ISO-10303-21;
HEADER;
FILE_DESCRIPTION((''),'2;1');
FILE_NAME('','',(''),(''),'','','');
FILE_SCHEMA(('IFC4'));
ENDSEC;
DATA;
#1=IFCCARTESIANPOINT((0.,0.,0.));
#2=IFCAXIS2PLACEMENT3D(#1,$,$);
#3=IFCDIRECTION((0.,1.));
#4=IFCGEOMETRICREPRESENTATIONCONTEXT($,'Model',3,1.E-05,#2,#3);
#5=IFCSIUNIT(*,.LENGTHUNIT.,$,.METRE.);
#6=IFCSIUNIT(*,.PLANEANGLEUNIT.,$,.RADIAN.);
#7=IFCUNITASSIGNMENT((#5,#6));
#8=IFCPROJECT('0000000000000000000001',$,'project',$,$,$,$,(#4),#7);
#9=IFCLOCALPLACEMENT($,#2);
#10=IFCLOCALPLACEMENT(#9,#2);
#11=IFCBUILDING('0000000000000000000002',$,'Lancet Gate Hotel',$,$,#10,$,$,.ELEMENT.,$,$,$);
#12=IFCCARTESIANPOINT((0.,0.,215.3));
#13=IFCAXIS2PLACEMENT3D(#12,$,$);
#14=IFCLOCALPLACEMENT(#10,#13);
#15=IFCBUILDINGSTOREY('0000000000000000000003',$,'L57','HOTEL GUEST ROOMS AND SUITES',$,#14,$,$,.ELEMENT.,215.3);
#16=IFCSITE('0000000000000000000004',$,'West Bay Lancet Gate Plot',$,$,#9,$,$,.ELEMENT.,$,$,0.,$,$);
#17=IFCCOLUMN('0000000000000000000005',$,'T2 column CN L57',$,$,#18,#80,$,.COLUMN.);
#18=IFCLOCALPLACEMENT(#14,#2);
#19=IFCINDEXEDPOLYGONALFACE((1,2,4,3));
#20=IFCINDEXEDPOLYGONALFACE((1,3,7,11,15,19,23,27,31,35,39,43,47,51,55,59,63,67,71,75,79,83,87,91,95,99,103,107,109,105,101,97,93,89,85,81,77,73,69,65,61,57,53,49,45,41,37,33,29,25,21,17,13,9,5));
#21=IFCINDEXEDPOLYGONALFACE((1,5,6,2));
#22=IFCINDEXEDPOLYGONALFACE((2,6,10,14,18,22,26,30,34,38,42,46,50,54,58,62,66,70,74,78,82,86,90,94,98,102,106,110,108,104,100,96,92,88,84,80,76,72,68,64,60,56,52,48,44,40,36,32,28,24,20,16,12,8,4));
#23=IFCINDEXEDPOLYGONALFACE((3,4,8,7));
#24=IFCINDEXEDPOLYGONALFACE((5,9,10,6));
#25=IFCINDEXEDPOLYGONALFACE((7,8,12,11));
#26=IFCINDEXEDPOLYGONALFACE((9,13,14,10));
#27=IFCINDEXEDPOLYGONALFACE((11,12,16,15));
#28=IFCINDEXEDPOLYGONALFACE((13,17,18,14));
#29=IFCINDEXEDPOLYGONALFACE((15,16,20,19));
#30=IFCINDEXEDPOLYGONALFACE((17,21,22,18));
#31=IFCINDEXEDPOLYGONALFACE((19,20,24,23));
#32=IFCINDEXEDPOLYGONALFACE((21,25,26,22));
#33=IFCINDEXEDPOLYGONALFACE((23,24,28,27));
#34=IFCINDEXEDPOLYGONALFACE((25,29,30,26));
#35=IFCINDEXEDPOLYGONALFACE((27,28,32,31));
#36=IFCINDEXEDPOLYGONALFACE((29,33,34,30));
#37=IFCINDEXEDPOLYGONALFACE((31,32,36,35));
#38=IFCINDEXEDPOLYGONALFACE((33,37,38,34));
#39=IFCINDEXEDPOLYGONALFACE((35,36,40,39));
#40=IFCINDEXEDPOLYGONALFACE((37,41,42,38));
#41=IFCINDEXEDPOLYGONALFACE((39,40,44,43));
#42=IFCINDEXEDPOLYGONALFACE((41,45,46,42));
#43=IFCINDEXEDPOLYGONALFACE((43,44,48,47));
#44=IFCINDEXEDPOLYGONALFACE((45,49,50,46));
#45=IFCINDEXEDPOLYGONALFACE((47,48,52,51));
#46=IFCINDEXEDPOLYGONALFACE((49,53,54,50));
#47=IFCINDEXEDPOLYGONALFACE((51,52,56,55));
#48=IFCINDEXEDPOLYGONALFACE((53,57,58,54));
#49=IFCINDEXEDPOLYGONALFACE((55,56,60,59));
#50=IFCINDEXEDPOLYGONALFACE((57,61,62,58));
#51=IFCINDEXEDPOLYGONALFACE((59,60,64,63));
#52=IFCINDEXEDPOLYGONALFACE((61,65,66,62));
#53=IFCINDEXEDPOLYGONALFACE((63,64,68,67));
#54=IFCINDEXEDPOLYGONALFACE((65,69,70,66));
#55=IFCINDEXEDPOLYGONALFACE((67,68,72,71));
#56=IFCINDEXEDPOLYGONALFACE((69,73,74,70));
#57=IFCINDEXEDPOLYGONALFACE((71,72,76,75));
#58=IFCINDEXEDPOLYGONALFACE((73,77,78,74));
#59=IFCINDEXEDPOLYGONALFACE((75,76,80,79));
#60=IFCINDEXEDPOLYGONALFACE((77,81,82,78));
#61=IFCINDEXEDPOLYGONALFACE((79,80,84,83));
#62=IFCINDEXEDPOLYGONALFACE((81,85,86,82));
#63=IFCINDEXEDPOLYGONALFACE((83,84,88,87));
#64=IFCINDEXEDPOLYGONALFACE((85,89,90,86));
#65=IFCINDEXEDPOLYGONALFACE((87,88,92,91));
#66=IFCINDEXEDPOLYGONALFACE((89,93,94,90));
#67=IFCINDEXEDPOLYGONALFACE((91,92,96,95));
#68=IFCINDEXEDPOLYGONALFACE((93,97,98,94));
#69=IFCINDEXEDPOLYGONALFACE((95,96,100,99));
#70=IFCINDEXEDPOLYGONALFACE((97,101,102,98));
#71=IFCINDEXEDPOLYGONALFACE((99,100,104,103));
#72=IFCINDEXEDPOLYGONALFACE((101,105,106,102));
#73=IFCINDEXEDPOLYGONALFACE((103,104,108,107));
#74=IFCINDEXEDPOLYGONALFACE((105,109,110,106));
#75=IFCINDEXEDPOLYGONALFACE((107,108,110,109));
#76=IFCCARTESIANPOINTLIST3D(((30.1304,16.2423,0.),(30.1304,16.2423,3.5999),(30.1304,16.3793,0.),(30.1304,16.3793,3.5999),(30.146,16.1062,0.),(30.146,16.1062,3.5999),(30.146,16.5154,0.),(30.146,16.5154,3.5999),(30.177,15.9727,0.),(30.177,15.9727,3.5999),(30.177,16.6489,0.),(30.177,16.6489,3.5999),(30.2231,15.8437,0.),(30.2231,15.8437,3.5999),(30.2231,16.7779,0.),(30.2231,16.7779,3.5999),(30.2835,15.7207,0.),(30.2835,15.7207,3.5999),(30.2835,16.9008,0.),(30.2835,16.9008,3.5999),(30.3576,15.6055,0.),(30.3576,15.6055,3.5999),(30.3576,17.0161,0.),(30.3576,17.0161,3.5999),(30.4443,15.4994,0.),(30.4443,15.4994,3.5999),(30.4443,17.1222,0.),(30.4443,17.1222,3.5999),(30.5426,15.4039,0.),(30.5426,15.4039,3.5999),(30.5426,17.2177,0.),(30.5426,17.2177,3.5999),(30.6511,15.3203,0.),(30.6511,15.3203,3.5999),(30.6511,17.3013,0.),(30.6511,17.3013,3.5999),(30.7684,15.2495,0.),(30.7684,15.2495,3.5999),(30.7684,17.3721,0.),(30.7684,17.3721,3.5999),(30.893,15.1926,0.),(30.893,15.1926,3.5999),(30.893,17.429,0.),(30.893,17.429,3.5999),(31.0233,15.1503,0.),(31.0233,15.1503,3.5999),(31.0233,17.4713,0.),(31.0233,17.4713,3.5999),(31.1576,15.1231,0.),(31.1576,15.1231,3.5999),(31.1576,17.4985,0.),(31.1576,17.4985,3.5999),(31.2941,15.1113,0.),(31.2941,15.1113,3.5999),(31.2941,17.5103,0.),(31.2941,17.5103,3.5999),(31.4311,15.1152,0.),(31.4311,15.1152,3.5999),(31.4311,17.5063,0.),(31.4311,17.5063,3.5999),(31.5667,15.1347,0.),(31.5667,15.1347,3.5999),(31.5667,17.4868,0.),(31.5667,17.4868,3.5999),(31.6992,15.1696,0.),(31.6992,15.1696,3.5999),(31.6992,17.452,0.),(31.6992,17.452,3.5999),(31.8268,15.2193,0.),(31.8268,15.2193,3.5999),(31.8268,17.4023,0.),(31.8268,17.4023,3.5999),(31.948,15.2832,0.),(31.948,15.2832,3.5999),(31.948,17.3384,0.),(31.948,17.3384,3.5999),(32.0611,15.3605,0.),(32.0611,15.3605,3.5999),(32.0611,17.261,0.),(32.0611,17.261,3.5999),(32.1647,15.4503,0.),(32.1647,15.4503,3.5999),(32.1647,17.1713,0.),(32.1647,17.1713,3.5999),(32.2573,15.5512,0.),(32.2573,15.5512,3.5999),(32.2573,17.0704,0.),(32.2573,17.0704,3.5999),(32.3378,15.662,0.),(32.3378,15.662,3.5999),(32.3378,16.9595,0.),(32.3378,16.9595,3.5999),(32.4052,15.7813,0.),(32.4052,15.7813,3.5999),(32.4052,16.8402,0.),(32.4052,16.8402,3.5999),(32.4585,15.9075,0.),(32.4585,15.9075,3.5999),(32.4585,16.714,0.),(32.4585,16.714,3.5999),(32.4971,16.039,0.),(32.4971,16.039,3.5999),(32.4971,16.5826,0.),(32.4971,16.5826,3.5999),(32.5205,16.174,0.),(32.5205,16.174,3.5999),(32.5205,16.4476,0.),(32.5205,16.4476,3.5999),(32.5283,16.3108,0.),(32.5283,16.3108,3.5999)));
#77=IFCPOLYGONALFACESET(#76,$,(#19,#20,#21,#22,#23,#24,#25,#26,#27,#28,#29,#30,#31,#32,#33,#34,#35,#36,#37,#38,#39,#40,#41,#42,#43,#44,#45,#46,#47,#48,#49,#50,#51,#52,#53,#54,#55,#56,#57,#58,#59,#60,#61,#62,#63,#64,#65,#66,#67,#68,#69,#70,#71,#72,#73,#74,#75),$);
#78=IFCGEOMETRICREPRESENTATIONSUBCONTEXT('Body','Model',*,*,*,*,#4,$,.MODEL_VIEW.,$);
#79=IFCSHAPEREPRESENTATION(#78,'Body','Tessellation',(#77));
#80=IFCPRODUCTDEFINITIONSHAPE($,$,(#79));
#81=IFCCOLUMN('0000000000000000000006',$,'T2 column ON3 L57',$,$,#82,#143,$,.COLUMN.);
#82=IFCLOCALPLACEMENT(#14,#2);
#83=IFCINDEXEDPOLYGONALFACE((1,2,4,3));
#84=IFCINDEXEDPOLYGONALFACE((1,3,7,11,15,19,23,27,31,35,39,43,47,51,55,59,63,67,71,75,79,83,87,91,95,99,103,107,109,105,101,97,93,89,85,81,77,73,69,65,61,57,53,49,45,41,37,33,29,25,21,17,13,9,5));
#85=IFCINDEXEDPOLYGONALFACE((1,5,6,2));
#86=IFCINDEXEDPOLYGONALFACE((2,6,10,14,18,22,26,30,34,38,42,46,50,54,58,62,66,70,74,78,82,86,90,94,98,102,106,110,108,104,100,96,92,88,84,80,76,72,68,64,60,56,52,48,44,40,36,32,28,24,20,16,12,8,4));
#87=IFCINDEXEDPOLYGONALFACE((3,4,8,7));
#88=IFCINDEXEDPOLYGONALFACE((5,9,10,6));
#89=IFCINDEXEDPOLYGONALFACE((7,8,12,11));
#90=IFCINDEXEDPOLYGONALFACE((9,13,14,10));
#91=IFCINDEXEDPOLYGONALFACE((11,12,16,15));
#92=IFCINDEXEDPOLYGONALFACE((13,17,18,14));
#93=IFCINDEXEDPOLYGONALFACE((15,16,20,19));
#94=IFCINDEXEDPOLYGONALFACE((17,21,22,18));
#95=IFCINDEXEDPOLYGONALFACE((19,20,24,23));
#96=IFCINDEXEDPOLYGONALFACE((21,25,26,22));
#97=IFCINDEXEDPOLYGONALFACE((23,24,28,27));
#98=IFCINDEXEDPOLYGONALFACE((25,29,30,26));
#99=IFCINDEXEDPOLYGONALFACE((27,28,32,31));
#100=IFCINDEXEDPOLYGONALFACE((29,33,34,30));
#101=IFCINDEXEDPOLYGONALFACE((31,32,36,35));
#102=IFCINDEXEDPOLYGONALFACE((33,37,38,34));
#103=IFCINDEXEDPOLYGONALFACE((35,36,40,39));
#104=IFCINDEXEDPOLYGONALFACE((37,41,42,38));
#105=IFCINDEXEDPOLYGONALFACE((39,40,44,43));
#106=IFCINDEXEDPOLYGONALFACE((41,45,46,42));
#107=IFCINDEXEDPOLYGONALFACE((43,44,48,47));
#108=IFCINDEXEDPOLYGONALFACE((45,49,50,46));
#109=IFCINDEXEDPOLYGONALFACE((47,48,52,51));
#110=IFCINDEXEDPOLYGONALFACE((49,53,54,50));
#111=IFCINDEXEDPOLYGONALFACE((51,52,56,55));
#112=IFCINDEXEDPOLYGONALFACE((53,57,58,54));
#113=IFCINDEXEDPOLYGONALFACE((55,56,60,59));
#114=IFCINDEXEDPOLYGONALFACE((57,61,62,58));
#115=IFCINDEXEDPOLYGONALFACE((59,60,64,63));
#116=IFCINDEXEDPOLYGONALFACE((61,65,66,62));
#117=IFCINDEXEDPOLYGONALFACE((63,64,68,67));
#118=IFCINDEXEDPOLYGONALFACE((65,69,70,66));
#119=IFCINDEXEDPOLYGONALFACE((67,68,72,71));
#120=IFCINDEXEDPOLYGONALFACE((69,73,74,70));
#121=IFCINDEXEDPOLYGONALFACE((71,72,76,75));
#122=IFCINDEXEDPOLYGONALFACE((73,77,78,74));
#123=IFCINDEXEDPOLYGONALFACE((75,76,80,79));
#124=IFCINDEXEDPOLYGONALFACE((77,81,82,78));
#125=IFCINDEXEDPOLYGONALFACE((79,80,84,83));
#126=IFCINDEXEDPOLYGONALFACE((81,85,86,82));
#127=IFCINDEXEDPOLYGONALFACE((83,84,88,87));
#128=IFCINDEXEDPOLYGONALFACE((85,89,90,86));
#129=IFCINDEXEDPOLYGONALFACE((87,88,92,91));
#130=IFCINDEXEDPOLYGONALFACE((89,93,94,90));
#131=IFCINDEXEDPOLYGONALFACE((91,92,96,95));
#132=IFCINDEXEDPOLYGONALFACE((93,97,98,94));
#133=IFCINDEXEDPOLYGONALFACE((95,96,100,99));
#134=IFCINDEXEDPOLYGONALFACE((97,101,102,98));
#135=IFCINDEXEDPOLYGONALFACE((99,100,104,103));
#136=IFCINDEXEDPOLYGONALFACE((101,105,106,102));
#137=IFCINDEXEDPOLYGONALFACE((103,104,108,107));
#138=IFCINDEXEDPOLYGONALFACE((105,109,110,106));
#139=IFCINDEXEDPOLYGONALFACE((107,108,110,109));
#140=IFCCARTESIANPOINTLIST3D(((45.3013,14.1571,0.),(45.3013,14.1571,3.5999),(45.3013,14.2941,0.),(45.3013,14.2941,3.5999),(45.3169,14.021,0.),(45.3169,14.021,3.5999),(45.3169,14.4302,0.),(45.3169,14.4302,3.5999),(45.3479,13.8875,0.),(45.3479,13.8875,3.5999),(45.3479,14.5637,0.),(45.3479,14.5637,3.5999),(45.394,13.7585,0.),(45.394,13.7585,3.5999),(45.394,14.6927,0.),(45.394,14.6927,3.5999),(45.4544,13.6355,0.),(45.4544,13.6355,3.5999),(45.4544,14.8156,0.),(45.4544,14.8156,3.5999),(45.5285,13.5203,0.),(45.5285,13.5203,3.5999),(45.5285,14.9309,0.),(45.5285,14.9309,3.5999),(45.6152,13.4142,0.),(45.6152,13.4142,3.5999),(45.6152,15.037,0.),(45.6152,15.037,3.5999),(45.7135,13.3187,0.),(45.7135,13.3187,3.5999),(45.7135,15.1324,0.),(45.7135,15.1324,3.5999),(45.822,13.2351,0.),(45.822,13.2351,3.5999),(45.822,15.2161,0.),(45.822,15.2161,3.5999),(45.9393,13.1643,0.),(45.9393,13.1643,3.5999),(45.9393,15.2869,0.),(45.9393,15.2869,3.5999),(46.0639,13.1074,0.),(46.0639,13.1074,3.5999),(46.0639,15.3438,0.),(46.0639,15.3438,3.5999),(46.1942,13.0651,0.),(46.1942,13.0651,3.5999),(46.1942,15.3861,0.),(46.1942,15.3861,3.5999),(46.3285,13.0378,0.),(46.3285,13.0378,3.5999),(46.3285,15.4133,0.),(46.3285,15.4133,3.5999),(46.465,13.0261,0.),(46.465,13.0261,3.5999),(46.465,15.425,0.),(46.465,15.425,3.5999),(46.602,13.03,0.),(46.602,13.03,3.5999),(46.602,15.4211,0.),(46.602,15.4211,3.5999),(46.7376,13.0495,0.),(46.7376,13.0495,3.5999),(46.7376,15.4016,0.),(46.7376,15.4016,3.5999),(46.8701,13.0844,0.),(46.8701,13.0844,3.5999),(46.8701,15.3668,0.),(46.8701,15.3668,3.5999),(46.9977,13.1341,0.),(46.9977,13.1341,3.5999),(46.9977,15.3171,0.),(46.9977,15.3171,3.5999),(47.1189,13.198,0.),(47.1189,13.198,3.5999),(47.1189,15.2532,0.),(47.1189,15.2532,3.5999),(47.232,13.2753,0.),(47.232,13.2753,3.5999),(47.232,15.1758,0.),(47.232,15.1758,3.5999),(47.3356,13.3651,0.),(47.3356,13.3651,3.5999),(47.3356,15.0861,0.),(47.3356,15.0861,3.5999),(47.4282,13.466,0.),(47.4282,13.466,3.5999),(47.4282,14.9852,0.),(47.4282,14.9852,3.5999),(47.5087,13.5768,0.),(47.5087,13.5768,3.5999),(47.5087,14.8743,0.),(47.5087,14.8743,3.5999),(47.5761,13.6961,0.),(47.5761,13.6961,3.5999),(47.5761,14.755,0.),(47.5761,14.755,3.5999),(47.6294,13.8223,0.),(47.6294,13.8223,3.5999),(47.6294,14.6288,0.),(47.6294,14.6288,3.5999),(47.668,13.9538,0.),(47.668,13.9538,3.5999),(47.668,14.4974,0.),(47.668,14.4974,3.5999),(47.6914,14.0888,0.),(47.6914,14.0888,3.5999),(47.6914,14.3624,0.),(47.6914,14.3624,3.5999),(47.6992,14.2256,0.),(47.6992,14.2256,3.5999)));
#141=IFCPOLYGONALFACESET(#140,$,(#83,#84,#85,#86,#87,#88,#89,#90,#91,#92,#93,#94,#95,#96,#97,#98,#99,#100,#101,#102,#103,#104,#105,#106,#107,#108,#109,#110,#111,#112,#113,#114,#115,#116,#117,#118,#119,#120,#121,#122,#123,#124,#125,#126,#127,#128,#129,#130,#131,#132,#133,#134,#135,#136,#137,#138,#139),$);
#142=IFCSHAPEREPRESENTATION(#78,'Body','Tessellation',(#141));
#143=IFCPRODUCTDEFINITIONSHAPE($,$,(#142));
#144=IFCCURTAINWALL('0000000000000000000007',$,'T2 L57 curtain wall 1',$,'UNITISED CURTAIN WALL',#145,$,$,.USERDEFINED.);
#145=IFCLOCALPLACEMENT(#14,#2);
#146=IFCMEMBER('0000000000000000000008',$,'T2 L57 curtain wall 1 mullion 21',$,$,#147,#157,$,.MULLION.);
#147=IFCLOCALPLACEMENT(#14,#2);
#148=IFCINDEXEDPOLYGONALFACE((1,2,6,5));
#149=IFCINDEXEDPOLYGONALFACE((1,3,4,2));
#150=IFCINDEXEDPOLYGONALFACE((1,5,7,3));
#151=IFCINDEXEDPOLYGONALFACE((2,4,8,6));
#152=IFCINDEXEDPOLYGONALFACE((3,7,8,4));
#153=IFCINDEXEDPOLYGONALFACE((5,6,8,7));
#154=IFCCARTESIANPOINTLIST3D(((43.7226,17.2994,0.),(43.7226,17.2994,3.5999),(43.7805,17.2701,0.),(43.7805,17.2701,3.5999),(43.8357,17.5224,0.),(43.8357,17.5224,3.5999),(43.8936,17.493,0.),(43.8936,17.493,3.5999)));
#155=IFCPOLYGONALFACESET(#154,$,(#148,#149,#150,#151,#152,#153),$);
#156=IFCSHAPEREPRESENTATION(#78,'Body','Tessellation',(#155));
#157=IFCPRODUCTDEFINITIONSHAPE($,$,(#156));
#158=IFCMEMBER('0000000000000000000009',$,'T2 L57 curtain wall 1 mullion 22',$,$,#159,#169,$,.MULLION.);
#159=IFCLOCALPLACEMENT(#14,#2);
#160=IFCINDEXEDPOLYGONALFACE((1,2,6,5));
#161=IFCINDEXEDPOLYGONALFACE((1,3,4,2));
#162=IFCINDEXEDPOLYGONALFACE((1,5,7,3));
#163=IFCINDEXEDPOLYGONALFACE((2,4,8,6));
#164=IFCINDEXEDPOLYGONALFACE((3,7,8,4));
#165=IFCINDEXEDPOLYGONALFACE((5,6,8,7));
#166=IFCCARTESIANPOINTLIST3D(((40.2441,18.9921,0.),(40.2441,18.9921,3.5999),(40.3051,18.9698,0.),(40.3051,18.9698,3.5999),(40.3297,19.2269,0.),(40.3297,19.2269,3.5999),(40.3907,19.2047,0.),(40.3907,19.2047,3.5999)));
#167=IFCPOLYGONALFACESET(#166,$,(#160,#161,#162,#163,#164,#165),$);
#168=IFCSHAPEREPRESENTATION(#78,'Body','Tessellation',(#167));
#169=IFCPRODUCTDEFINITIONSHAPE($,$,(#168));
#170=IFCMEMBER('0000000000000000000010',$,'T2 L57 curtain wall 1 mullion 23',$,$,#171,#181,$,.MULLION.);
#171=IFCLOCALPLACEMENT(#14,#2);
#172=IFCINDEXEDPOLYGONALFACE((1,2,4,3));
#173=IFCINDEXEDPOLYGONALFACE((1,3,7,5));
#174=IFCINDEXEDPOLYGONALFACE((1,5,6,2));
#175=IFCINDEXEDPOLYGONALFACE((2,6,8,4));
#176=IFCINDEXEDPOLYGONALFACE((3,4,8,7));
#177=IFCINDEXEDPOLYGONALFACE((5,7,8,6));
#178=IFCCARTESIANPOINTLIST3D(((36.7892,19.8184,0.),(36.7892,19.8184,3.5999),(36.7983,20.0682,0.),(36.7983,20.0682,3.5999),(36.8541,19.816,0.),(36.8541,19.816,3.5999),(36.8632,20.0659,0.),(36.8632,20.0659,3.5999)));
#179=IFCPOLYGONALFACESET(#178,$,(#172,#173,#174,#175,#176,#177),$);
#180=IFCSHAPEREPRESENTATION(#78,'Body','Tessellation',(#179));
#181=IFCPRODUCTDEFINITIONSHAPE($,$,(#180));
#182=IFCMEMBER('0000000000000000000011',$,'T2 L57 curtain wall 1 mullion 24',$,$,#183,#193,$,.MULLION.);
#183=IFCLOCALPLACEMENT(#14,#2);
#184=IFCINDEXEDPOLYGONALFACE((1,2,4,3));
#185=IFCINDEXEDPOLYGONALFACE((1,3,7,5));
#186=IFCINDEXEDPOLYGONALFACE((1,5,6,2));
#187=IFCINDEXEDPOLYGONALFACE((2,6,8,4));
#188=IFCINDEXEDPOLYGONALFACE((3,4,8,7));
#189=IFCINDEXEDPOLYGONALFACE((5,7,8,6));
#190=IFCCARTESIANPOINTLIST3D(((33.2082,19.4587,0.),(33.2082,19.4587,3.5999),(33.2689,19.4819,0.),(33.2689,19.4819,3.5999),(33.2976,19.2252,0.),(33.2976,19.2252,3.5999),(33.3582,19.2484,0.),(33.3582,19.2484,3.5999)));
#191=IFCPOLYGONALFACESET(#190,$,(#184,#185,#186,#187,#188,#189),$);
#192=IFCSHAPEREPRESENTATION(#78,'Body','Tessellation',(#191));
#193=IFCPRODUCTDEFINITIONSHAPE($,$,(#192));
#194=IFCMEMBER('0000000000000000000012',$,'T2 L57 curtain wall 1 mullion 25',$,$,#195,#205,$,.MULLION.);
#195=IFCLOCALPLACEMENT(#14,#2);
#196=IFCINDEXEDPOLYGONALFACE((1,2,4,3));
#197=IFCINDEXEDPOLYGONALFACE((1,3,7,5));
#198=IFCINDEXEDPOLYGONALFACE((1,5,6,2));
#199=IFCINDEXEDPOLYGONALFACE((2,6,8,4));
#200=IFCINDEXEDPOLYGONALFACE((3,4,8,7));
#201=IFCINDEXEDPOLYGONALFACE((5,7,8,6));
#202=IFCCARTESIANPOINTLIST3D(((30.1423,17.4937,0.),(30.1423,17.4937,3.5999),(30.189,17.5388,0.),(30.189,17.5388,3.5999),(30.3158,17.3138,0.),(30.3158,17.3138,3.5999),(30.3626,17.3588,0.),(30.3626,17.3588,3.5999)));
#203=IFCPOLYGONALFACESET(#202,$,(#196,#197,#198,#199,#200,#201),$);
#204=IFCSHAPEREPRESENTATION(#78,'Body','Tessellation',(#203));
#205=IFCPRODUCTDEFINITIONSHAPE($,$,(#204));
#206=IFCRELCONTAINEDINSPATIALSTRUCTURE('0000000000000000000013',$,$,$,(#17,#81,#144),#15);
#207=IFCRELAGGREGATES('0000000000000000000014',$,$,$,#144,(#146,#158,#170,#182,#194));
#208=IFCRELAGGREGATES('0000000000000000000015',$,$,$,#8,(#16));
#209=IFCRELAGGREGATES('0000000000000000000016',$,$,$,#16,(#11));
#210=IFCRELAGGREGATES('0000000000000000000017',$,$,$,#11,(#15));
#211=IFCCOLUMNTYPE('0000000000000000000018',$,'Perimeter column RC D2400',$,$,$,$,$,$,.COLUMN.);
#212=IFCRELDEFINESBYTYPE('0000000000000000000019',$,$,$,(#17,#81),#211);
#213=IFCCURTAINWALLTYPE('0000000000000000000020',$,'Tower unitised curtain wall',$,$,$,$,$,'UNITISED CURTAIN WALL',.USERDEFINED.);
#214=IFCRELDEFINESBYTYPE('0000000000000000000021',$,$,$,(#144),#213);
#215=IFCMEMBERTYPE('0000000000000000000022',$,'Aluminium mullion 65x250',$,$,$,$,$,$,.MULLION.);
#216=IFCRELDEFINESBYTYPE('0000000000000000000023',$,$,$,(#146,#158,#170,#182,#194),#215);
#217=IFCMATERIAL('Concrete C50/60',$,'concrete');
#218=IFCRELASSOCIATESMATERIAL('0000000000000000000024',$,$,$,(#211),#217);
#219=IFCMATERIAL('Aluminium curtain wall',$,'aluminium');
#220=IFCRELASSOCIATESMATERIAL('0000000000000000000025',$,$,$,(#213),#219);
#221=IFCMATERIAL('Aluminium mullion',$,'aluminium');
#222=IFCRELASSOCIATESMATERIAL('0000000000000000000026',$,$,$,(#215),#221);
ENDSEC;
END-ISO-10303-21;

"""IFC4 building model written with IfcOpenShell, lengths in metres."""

from ifc_helpers import new_model, si_unit, direction, frame, origin, origin_2d, place, context, subcontext, project, spatial, rectangle, circle, extrude, material, material_profile, profile_set, type_object, element, aggregate, save


model = new_model("IFC4")

# Units and contexts
model_context = context("Model", 3, precision=1e-05, world=origin(), true_north=direction((0.0, 1.0)))
body_context = subcontext(model_context, "Body", "Model", "MODEL_VIEW")
ifc_project = project(units=[si_unit("LENGTHUNIT", "METRE"), si_unit("PLANEANGLEUNIT", "RADIAN")], contexts=[model_context])

# Site, building, storey
site_placement = place(None, origin())
site = spatial("IfcSite", under=ifc_project, at=site_placement, Name="West Bay Lancet Gate Plot", CompositionType="ELEMENT", RefElevation=0.0)
building_placement = place(site_placement, origin())
building = spatial("IfcBuilding", under=site, at=building_placement, Name="Lancet Gate Hotel", CompositionType="ELEMENT")
storey_placement = place(building_placement, frame((0.0, 0.0, 215.3)))
storey = spatial("IfcBuildingStorey", under=building, at=storey_placement, Name="L57", Description="HOTEL GUEST ROOMS AND SUITES", CompositionType="ELEMENT", Elevation=215.3)

# Columns
ifc_material_1 = material(Name="Concrete C50/60", Category="concrete")
ifc_material_profile_1 = material_profile(ifc_material_1, circle(Radius=1.2, at=origin_2d()), Name="RC D2400")
ifc_profile_set_1 = profile_set([ifc_material_profile_1], Name="Concrete C50/60")
column_type = type_object("IfcColumnType", Name="Perimeter column RC D2400", PredefinedType="COLUMN", material=ifc_profile_set_1)
for number, where, z_axis, x_axis, name in (
    (1, (31.3284, 16.3108, 0.0), (0.0, 0.0, 1.0), (1.0, 0.0, 0.0), "T2 column CN L57"),
    (2, (46.4993, 14.2256, 0.0), (0.0, 0.0, 1.0), (1.0, 0.0, 0.0), "T2 column ON3 L57"),
):
    element("IfcColumn", number, at=place(storey_placement, frame(where, z_axis=z_axis, x_axis=x_axis)), inside=storey, type_object=column_type, Name=name, PredefinedType="COLUMN", context=body_context, shape_type="SweptSolid", body=[
        extrude(circle(Radius=1.2, at=origin_2d()), origin(), (0.0, 0.0, 1.0), 3.5999),
    ])

# Curtain wall, members
ifc_material_2 = material(Name="Aluminium curtain wall", Category="aluminium")
curtain_wall_type = type_object("IfcCurtainWallType", Name="Tower unitised curtain wall", ElementType="UNITISED CURTAIN WALL", PredefinedType="USERDEFINED", material=ifc_material_2)
curtain_wall_placement = place(storey_placement, origin())
curtain_wall = element("IfcCurtainWall", 3, at=curtain_wall_placement, inside=storey, type_object=curtain_wall_type, Name="T2 L57 curtain wall 1", ObjectType="UNITISED CURTAIN WALL", PredefinedType="USERDEFINED")
ifc_material_3 = material(Name="Aluminium mullion", Category="aluminium")
ifc_material_profile_2 = material_profile(ifc_material_3, rectangle(XDim=0.0649, YDim=0.25, at=origin_2d()), Name="MULLION 65x250")
ifc_profile_set_2 = profile_set([ifc_material_profile_2], Name="Aluminium mullion")
member_type_1 = type_object("IfcMemberType", Name="Aluminium mullion 65x250", PredefinedType="MULLION", material=ifc_profile_set_2)
member_1_placement = place(storey_placement, frame((43.8081, 17.3962, 0.0), z_axis=(0.0, 0.0, 1.0), x_axis=(-0.891833, 0.452365, 0.0)))
member_1 = element("IfcMember", 4, at=member_1_placement, type_object=member_type_1, Name="T2 L57 curtain wall 1 mullion 21", PredefinedType="MULLION", context=body_context, shape_type="SweptSolid", body=[
    extrude(rectangle(XDim=0.0649, YDim=0.25, at=origin_2d()), origin(), (0.0, 0.0, 1.0), 3.5999),
])
member_2_placement = place(storey_placement, frame((40.3174, 19.0984, 0.0), z_axis=(0.0, 0.0, 1.0), x_axis=(-0.939484, 0.342593, 0.0)))
member_2 = element("IfcMember", 5, at=member_2_placement, type_object=member_type_1, Name="T2 L57 curtain wall 1 mullion 22", PredefinedType="MULLION", context=body_context, shape_type="SweptSolid", body=[
    extrude(rectangle(XDim=0.0649, YDim=0.25, at=origin_2d()), origin(), (0.0, 0.0, 1.0), 3.5999),
])
member_3_placement = place(storey_placement, frame((36.8262, 19.9421, 0.0), z_axis=(0.0, 0.0, 1.0), x_axis=(-0.999343, 0.03625, 0.0)))
member_3 = element("IfcMember", 6, at=member_3_placement, type_object=member_type_1, Name="T2 L57 curtain wall 1 mullion 23", PredefinedType="MULLION", context=body_context, shape_type="SweptSolid", body=[
    extrude(rectangle(XDim=0.0649, YDim=0.25, at=origin_2d()), origin(), (0.0, 0.0, 1.0), 3.5999),
])
member_4_placement = place(storey_placement, frame((33.2832, 19.3535, 0.0), z_axis=(0.0, 0.0, 1.0), x_axis=(-0.933943, -0.357421, 0.0)))
member_4 = element("IfcMember", 7, at=member_4_placement, type_object=member_type_1, Name="T2 L57 curtain wall 1 mullion 24", PredefinedType="MULLION", context=body_context, shape_type="SweptSolid", body=[
    extrude(rectangle(XDim=0.0649, YDim=0.25, at=origin_2d()), origin(), (0.0, 0.0, 1.0), 3.5999),
])
member_5_placement = place(storey_placement, frame((30.2524, 17.4263, 0.0), z_axis=(0.0, 0.0, 1.0), x_axis=(-0.719809, -0.694172, 0.0)))
member_5 = element("IfcMember", 8, at=member_5_placement, type_object=member_type_1, Name="T2 L57 curtain wall 1 mullion 25", PredefinedType="MULLION", context=body_context, shape_type="SweptSolid", body=[
    extrude(rectangle(XDim=0.0649, YDim=0.25, at=origin_2d()), origin(), (0.0, 0.0, 1.0), 3.5999),
])

aggregate(curtain_wall, [member_1, member_2, member_3, member_4, member_5])

save(model, "model.ifc")
